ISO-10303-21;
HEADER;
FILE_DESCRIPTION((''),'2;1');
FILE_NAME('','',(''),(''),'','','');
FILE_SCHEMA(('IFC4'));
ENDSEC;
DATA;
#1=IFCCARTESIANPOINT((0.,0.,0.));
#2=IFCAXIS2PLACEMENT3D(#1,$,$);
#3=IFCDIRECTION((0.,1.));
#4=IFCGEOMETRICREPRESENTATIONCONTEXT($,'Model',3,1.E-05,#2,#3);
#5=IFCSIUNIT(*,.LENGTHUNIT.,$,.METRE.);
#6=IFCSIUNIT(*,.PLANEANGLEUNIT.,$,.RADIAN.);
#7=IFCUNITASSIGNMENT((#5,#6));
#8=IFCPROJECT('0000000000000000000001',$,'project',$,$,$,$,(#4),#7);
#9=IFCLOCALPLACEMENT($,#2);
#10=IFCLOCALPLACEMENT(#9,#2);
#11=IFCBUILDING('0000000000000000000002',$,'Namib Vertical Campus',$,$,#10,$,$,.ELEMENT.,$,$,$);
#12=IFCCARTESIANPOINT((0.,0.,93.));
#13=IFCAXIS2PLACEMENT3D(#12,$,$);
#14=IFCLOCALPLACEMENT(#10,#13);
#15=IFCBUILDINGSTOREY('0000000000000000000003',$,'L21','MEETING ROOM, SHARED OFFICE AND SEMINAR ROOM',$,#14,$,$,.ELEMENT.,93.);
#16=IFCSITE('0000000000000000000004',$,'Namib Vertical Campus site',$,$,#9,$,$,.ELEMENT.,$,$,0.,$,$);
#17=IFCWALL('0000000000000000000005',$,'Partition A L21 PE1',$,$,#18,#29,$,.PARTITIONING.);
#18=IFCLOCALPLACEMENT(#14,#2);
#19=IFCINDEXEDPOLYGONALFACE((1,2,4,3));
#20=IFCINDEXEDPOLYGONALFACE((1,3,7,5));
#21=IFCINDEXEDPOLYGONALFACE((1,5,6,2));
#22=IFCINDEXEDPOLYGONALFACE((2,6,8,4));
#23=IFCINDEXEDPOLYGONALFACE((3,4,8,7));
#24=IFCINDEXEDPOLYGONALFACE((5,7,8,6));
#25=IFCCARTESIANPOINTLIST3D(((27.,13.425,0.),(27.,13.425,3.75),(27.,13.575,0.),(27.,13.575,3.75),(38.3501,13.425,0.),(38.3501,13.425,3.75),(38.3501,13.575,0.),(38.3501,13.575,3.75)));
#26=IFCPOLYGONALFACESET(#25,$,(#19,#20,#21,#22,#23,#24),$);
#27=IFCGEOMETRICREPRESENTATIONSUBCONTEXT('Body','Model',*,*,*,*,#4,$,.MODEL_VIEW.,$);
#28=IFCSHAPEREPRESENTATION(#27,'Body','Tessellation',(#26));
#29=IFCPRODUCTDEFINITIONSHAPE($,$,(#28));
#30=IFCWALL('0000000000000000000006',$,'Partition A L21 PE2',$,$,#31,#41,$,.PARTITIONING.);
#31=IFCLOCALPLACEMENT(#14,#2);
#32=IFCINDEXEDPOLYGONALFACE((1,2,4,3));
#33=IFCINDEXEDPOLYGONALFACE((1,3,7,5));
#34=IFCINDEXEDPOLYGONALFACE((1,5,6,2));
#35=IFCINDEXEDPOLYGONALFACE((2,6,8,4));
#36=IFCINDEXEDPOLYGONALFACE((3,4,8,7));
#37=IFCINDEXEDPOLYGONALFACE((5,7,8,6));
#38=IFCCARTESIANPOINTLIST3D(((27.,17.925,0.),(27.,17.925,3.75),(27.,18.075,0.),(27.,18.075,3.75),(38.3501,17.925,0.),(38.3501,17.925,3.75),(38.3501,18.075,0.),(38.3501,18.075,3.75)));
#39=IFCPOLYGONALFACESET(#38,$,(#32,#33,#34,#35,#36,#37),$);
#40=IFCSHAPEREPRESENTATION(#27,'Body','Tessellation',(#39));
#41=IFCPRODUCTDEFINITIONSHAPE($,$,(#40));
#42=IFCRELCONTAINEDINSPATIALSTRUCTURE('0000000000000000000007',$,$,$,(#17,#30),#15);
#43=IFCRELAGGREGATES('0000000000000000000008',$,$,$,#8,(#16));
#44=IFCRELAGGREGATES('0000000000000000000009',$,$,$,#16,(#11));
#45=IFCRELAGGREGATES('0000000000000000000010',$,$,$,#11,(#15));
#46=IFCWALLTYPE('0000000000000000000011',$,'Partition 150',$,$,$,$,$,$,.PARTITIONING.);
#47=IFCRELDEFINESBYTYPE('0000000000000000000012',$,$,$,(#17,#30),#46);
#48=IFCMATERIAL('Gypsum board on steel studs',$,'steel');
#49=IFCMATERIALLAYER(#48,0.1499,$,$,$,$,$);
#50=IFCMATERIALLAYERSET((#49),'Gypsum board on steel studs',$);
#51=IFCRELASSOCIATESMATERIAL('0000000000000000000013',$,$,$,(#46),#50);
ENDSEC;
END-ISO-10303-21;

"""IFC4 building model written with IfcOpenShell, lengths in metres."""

from ifc_helpers import new_model, si_unit, direction, frame, frame_2d, origin, place, context, subcontext, project, spatial, rectangle, extrude, material, layer, layer_set, type_object, element, save


model = new_model("IFC4")

# Units and contexts
model_context = context("Model", 3, precision=1e-05, world=origin(), true_north=direction((0.0, 1.0)))
body_context = subcontext(model_context, "Body", "Model", "MODEL_VIEW")
ifc_project = project(units=[si_unit("LENGTHUNIT", "METRE"), si_unit("PLANEANGLEUNIT", "RADIAN")], contexts=[model_context])

# Site, building, storey
site_placement = place(None, origin())
site = spatial("IfcSite", under=ifc_project, at=site_placement, Name="Namib Vertical Campus site", CompositionType="ELEMENT", RefElevation=0.0)
building_placement = place(site_placement, origin())
building = spatial("IfcBuilding", under=site, at=building_placement, Name="Namib Vertical Campus", CompositionType="ELEMENT")
storey_placement = place(building_placement, frame((0.0, 0.0, 93.0)))
storey = spatial("IfcBuildingStorey", under=building, at=storey_placement, Name="L21", Description="MEETING ROOM, SHARED OFFICE AND SEMINAR ROOM", CompositionType="ELEMENT", Elevation=93.0)

# Walls
ifc_material_1 = material(Name="Gypsum board on steel studs", Category="steel")
ifc_layer_1 = layer(ifc_material_1, 0.1499)
ifc_layer_set_1 = layer_set([ifc_layer_1], Name="Gypsum board on steel studs")
wall_type_1 = type_object("IfcWallType", Name="Partition 150", PredefinedType="PARTITIONING", material=ifc_layer_set_1)
for number, where, z_axis, x_axis, name in (
    (1, (27.0, 13.5, 0.0), (0.0, 0.0, 1.0), (1.0, 0.0, 0.0), "Partition A L21 PE1"),
    (2, (27.0, 18.0, 0.0), (0.0, 0.0, 1.0), (1.0, 0.0, 0.0), "Partition A L21 PE2"),
):
    element("IfcWall", number, at=place(storey_placement, frame(where, z_axis=z_axis, x_axis=x_axis)), inside=storey, type_object=wall_type_1, Name=name, PredefinedType="PARTITIONING", context=body_context, shape_type="SweptSolid", body=[
        extrude(rectangle(XDim=11.3501, YDim=0.1499, at=frame_2d((5.675, 0.0))), origin(), (0.0, 0.0, 1.0), 3.75),
    ])

save(model, "model.ifc")
